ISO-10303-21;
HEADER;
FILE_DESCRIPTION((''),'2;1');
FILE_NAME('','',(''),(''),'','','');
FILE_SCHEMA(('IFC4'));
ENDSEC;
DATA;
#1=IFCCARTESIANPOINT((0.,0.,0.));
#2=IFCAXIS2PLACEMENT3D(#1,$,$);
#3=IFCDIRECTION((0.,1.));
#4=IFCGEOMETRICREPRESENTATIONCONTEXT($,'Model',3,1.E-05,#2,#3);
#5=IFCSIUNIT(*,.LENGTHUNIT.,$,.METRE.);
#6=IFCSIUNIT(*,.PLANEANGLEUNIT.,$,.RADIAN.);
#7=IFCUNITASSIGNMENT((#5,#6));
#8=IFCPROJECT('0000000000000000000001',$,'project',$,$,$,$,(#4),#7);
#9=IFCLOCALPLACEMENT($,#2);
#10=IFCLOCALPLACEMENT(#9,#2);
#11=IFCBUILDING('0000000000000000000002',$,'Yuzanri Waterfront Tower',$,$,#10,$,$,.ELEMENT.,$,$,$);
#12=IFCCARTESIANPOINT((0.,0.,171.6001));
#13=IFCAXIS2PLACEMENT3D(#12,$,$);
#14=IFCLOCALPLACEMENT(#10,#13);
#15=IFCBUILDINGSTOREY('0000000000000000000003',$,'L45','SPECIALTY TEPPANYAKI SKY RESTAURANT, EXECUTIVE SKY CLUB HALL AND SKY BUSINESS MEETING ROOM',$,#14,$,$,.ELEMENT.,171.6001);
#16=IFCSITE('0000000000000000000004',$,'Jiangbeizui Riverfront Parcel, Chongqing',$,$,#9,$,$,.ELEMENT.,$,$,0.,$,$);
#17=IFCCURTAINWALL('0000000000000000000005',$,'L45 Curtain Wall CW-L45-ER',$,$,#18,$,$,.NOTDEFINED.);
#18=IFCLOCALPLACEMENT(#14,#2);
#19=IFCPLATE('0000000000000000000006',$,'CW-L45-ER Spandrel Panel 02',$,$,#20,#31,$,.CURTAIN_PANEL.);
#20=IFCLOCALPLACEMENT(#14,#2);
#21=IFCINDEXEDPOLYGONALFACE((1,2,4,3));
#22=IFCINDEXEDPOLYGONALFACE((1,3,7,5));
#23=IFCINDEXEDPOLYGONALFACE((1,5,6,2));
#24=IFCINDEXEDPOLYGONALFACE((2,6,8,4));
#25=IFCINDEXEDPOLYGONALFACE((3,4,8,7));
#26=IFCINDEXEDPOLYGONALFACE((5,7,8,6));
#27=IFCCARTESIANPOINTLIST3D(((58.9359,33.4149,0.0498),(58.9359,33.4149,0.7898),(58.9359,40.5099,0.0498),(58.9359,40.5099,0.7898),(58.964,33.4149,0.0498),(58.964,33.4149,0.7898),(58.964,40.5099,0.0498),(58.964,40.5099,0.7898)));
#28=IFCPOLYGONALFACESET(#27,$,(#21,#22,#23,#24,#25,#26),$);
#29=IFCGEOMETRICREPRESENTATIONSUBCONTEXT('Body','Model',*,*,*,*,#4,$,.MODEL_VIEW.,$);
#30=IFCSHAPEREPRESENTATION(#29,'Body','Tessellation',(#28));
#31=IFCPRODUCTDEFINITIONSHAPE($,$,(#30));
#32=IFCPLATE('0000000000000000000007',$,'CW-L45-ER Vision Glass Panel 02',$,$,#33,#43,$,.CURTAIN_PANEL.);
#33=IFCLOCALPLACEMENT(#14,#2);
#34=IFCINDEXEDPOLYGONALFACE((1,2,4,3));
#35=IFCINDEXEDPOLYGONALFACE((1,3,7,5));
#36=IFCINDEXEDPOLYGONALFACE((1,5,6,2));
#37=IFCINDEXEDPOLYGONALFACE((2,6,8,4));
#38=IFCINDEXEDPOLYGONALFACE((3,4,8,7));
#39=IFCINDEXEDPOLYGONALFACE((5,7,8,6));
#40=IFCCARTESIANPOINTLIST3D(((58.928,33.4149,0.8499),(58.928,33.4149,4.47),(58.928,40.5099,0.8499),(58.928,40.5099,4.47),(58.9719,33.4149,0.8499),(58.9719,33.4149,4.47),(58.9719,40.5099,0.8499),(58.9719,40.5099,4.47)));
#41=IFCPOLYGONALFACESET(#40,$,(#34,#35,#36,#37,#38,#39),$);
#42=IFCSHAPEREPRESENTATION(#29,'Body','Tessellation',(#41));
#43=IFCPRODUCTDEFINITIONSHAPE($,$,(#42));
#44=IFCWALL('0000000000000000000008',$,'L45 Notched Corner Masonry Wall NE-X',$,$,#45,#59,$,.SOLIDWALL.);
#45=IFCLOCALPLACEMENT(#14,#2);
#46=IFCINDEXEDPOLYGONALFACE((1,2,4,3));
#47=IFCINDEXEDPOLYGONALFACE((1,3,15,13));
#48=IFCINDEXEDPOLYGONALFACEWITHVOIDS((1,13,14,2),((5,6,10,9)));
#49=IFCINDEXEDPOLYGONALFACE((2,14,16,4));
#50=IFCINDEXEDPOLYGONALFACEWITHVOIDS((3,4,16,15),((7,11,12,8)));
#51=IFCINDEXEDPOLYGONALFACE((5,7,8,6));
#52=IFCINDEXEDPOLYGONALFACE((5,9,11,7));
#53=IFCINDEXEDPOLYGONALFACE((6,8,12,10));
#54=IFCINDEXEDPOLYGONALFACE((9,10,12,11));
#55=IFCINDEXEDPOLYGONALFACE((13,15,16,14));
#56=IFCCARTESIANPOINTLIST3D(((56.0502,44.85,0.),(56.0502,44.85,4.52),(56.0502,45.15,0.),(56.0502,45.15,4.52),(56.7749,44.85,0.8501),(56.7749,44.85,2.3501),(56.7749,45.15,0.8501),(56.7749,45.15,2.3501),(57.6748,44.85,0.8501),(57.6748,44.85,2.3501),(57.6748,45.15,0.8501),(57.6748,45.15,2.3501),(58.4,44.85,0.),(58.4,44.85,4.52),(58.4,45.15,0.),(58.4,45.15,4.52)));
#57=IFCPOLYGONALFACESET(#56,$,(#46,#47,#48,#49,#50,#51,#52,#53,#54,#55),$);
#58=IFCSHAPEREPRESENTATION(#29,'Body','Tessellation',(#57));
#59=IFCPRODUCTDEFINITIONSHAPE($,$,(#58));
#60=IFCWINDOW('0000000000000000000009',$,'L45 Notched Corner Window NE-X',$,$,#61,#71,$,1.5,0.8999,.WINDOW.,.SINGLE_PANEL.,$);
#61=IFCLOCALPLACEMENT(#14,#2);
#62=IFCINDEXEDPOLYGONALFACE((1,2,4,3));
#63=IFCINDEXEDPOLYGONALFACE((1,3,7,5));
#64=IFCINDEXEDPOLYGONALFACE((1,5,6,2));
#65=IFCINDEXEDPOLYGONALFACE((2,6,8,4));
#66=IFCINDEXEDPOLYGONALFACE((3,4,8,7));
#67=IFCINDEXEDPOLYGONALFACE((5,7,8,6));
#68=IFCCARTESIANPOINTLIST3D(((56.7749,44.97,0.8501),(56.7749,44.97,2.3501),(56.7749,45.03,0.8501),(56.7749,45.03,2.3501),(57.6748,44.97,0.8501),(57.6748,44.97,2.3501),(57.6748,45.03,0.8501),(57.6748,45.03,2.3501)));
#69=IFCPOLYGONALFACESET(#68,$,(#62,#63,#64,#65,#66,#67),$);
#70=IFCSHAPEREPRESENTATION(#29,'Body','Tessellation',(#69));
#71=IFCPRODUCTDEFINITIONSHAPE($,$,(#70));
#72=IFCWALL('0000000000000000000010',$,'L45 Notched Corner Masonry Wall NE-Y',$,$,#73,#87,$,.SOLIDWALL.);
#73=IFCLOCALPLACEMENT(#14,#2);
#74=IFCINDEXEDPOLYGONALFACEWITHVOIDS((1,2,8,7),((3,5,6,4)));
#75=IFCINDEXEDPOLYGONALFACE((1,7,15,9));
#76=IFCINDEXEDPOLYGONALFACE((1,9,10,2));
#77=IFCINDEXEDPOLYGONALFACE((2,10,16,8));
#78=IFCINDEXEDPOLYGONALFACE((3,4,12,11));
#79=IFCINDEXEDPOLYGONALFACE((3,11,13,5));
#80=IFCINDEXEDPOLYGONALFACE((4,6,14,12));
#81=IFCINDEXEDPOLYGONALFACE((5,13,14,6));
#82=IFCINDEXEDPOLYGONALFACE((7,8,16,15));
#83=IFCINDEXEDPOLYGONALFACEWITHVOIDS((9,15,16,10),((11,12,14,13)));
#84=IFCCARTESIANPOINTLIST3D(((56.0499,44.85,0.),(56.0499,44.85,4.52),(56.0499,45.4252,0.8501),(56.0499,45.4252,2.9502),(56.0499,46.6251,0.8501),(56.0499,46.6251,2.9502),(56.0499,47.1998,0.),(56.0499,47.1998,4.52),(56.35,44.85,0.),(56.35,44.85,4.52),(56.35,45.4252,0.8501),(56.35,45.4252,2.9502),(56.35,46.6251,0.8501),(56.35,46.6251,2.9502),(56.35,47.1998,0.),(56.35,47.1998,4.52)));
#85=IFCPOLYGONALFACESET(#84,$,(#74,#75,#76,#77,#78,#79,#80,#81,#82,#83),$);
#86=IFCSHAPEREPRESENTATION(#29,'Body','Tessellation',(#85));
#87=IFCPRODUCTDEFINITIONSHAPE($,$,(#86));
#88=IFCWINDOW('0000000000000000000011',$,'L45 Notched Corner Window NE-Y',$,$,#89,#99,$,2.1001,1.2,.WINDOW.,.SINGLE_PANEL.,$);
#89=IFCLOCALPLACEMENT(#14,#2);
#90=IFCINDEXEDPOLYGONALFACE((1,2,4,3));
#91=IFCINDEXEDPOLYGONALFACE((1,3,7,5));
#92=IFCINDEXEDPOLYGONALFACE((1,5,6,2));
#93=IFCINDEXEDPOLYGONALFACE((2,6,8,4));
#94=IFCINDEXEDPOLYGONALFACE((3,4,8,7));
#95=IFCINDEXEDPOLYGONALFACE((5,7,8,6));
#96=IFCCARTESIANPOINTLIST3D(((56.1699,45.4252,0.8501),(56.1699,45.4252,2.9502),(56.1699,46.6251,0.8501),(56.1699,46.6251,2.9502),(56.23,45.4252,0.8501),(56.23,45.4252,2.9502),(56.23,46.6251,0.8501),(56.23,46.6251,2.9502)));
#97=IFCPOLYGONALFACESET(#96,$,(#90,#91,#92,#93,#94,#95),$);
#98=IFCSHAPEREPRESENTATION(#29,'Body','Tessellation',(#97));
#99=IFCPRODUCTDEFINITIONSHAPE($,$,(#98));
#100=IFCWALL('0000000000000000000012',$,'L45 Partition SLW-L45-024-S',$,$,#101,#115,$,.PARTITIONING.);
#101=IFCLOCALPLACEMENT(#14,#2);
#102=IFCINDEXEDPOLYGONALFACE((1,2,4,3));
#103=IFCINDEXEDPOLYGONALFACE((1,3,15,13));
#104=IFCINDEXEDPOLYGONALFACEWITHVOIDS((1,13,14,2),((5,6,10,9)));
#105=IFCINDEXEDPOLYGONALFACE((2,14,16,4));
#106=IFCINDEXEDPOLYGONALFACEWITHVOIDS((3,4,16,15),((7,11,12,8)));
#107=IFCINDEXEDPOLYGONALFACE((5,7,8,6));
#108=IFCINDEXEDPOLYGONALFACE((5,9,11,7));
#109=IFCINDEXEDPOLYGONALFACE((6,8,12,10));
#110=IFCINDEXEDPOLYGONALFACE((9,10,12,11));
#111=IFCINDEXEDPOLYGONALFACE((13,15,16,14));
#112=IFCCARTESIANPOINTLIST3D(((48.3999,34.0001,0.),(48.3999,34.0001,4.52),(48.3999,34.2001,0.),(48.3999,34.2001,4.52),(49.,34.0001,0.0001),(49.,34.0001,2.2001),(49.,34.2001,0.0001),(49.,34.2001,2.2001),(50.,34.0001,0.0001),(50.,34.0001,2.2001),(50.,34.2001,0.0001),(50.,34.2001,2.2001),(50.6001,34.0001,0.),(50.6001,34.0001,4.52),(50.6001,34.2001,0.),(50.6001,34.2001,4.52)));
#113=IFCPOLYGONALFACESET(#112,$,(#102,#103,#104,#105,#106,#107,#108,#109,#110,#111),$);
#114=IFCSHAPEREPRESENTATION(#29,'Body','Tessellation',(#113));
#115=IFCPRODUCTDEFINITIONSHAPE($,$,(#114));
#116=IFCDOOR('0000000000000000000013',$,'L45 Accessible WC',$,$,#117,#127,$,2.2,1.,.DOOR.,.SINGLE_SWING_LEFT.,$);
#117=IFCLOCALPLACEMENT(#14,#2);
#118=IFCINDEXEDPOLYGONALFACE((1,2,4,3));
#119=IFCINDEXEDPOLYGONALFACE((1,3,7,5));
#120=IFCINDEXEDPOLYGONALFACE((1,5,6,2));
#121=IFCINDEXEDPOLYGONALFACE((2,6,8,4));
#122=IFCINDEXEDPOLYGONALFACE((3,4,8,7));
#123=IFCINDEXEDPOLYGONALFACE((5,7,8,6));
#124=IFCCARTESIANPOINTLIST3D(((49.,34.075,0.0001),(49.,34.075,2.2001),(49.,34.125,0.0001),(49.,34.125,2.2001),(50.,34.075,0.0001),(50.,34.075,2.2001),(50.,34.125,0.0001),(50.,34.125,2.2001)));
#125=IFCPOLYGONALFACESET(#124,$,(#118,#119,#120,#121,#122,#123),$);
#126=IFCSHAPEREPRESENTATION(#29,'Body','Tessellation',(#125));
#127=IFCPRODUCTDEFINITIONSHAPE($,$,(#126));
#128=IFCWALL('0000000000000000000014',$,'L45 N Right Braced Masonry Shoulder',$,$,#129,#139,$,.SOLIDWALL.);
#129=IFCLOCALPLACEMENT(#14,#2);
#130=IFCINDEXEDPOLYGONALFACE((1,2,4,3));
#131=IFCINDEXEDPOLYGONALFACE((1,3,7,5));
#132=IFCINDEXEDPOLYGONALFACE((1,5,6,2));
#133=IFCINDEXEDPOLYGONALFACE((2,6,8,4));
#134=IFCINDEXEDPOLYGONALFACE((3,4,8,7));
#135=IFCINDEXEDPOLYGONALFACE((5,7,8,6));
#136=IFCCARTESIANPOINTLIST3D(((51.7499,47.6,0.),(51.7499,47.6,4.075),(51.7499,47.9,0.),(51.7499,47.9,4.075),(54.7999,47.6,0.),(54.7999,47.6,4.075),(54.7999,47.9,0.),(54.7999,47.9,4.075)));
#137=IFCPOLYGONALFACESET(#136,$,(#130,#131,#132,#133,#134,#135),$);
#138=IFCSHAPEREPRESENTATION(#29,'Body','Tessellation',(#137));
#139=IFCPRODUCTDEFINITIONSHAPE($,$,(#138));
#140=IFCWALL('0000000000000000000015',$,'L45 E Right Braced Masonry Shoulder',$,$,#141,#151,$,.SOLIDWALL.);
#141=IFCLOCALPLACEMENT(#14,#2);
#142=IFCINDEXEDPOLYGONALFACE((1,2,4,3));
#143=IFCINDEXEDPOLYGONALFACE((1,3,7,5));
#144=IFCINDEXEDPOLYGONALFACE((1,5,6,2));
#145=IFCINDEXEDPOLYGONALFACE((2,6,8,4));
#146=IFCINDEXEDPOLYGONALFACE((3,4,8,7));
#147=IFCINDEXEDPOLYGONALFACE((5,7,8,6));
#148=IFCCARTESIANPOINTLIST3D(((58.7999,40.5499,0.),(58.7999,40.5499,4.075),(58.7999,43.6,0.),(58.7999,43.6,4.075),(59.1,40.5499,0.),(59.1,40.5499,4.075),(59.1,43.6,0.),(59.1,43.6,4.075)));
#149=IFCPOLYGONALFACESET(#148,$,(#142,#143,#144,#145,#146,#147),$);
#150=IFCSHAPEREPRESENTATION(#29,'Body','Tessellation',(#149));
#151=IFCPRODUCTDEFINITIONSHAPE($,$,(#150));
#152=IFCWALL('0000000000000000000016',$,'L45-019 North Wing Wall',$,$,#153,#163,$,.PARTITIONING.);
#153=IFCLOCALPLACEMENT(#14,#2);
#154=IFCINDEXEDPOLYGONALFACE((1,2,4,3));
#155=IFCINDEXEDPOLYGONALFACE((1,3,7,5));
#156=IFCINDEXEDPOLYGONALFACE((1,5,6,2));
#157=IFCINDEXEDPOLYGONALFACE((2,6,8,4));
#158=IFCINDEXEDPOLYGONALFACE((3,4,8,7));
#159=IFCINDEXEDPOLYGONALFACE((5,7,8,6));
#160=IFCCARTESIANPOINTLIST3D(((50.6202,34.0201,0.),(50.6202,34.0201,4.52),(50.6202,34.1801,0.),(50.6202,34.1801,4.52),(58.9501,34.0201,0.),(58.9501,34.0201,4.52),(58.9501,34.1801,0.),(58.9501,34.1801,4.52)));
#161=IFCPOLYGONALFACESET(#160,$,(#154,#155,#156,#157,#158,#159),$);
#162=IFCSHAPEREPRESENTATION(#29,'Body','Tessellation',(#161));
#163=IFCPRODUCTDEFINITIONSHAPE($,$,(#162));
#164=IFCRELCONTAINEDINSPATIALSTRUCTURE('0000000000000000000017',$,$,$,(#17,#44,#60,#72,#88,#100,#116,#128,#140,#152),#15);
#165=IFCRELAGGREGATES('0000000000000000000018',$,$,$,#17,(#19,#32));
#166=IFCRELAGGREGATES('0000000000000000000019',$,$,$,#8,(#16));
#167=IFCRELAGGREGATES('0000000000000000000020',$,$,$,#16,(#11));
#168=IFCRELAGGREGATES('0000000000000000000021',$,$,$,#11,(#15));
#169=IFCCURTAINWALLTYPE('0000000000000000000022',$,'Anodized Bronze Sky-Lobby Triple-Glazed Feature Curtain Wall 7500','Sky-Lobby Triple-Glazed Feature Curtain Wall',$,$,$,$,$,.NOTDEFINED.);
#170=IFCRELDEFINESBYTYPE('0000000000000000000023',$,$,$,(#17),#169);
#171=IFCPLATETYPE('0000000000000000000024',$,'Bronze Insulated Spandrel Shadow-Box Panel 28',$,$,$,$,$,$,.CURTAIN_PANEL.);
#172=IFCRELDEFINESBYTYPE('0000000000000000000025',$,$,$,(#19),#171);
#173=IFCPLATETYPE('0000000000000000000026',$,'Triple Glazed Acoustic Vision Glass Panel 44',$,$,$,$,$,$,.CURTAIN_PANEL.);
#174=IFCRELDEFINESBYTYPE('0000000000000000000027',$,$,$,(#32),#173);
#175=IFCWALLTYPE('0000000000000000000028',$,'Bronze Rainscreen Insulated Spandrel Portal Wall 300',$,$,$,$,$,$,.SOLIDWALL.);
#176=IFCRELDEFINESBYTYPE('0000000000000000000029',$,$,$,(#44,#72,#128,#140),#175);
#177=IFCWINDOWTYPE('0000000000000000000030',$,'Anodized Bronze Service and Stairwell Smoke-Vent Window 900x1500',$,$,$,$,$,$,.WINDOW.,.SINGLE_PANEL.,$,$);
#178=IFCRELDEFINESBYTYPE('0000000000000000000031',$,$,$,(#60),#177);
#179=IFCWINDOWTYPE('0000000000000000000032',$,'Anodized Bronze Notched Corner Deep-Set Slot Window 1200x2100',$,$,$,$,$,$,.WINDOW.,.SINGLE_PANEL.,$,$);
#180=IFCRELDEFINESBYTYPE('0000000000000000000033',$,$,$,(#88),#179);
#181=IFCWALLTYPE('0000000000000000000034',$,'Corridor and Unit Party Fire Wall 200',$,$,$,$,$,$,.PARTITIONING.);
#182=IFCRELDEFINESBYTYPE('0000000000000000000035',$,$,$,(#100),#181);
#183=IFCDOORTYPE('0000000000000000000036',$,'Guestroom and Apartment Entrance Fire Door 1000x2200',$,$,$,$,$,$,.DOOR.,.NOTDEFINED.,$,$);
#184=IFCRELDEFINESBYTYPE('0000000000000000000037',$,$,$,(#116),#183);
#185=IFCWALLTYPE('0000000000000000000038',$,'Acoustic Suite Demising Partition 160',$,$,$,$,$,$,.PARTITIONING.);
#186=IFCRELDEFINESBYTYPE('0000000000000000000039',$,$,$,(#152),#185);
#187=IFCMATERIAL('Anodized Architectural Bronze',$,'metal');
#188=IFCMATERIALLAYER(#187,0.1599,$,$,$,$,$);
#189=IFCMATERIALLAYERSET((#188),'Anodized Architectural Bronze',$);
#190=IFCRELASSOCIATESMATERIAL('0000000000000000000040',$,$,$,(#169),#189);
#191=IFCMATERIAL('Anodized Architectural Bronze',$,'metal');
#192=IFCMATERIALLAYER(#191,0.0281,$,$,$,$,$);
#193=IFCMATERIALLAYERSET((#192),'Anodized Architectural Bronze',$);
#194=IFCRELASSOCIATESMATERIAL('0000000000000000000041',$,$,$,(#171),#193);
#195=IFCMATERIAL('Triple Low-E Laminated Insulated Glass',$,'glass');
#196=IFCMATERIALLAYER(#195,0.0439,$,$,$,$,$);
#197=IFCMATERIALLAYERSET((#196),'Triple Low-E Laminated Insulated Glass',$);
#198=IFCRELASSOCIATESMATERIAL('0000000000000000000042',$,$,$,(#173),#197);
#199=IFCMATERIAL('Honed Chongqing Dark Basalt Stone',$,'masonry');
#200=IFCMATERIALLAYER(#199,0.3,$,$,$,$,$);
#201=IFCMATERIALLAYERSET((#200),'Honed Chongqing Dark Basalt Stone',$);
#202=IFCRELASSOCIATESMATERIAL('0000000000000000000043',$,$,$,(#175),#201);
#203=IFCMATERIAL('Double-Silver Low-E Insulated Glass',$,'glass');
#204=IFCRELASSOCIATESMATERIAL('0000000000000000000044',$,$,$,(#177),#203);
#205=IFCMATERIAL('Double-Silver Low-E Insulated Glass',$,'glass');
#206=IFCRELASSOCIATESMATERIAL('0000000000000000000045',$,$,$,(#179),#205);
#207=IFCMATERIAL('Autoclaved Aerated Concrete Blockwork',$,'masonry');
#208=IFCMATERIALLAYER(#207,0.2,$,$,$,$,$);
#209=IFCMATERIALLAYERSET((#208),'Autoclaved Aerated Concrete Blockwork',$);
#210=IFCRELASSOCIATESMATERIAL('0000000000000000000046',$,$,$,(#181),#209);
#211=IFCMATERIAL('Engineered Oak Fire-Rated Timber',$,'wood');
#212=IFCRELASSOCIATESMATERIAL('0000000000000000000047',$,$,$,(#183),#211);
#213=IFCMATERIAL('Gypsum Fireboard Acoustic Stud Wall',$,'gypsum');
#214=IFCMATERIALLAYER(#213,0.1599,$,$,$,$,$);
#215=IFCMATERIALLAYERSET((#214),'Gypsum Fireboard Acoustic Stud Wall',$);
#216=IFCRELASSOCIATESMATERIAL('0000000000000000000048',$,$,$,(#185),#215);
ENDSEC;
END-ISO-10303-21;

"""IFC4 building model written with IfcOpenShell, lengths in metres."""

from ifc_helpers import new_model, si_unit, direction, frame, frame_2d, origin, origin_2d, place, context, subcontext, project, spatial, rectangle, extrude, source, transform, mapped, material, layer, layer_set, type_object, element, fill, aggregate, save


model = new_model("IFC4")

# Units and contexts
model_context = context("Model", 3, precision=1e-05, world=origin(), true_north=direction((0.0, 1.0)))
body_context = subcontext(model_context, "Body", "Model", "MODEL_VIEW")
ifc_project = project(units=[si_unit("LENGTHUNIT", "METRE"), si_unit("PLANEANGLEUNIT", "RADIAN")], contexts=[model_context])

# Site, building, storey
site_placement = place(None, origin())
site = spatial("IfcSite", under=ifc_project, at=site_placement, Name="Jiangbeizui Riverfront Parcel, Chongqing", CompositionType="ELEMENT", RefElevation=0.0)
building_placement = place(site_placement, origin())
building = spatial("IfcBuilding", under=site, at=building_placement, Name="Yuzanri Waterfront Tower", CompositionType="ELEMENT")
storey_placement = place(building_placement, frame((0.0, 0.0, 171.6001)))
storey = spatial("IfcBuildingStorey", under=building, at=storey_placement, Name="L45", Description="SPECIALTY TEPPANYAKI SKY RESTAURANT, EXECUTIVE SKY CLUB HALL AND SKY BUSINESS MEETING ROOM", CompositionType="ELEMENT", Elevation=171.6001)

# Curtain wall
ifc_material_1 = material(Name="Anodized Architectural Bronze", Category="metal")
ifc_layer_1 = layer(ifc_material_1, 0.1599)
ifc_layer_set_1 = layer_set([ifc_layer_1], Name="Anodized Architectural Bronze")
curtain_wall_type = type_object("IfcCurtainWallType", Name="Anodized Bronze Sky-Lobby Triple-Glazed Feature Curtain Wall 7500", Description="Sky-Lobby Triple-Glazed Feature Curtain Wall", PredefinedType="NOTDEFINED", material=ifc_layer_set_1)
curtain_wall_1_placement = place(storey_placement, origin())
curtain_wall_1 = element("IfcCurtainWall", 1, at=curtain_wall_1_placement, inside=storey, type_object=curtain_wall_type, Name="L45 Curtain Wall CW-L45-ER", PredefinedType="NOTDEFINED")

# Plates
ifc_material_2 = material(Name="Anodized Architectural Bronze", Category="metal")
ifc_layer_2 = layer(ifc_material_2, 0.0281)
ifc_layer_set_2 = layer_set([ifc_layer_2], Name="Anodized Architectural Bronze")
plate_type_1 = type_object("IfcPlateType", Name="Bronze Insulated Spandrel Shadow-Box Panel 28", PredefinedType="CURTAIN_PANEL", material=ifc_layer_set_2)
shared_shape_1 = source(origin(), body_context, "Body", "SweptSolid", [
    extrude(rectangle(XDim=7.095, YDim=0.0281, at=origin_2d()), origin(), (0.0, 0.0, 1.0), 0.74),
])
plate_1_placement = place(storey_placement, frame((58.95, 36.9624, 0.0498), z_axis=(0.0, 0.0, 1.0), x_axis=(0.0, 1.0, 0.0)))
plate_1 = element("IfcPlate", 2, at=plate_1_placement, type_object=plate_type_1, Name="CW-L45-ER Spandrel Panel 02", PredefinedType="CURTAIN_PANEL", context=body_context, shape_type="MappedRepresentation", body=[
    mapped(shared_shape_1, transform((0.0, 0.0, 0.0), scale=1.0)),
])
ifc_material_3 = material(Name="Triple Low-E Laminated Insulated Glass", Category="glass")
ifc_layer_3 = layer(ifc_material_3, 0.0439)
ifc_layer_set_3 = layer_set([ifc_layer_3], Name="Triple Low-E Laminated Insulated Glass")
plate_type_2 = type_object("IfcPlateType", Name="Triple Glazed Acoustic Vision Glass Panel 44", PredefinedType="CURTAIN_PANEL", material=ifc_layer_set_3)
shared_shape_2 = source(origin(), body_context, "Body", "SweptSolid", [
    extrude(rectangle(XDim=7.095, YDim=0.0439, at=origin_2d()), origin(), (0.0, 0.0, 1.0), 3.6201),
])
plate_2_placement = place(storey_placement, frame((58.95, 36.9624, 0.8499), z_axis=(0.0, 0.0, 1.0), x_axis=(0.0, 1.0, 0.0)))
plate_2 = element("IfcPlate", 3, at=plate_2_placement, type_object=plate_type_2, Name="CW-L45-ER Vision Glass Panel 02", PredefinedType="CURTAIN_PANEL", context=body_context, shape_type="MappedRepresentation", body=[
    mapped(shared_shape_2, transform((0.0, 0.0, 0.0), scale=1.0)),
])
aggregate(curtain_wall_1, [plate_1, plate_2])

# Walls, openings, windows
ifc_material_4 = material(Name="Honed Chongqing Dark Basalt Stone", Category="masonry")
ifc_layer_4 = layer(ifc_material_4, 0.3)
ifc_layer_set_4 = layer_set([ifc_layer_4], Name="Honed Chongqing Dark Basalt Stone")
wall_type_1 = type_object("IfcWallType", Name="Bronze Rainscreen Insulated Spandrel Portal Wall 300", PredefinedType="SOLIDWALL", material=ifc_layer_set_4)
wall_1_placement = place(storey_placement, frame((58.3999, 45.0, 0.0), z_axis=(0.0, 0.0, 1.0), x_axis=(-1.0, 0.0, 0.0)))
wall_1 = element("IfcWall", 4, at=wall_1_placement, inside=storey, type_object=wall_type_1, Name="L45 Notched Corner Masonry Wall NE-X", PredefinedType="SOLIDWALL", context=body_context, shape_type="SweptSolid", body=[
    extrude(rectangle(XDim=2.3499, YDim=0.3, at=frame_2d((1.1748, 0.0))), origin(), (0.0, 0.0, 1.0), 4.52),
])
opening_1_placement = place(wall_1_placement, frame((0.7251, 0.0, 0.8501)))
opening_1 = element("IfcOpeningElement", 5, at=opening_1_placement, cuts=wall_1, PredefinedType="OPENING", context=body_context, shape_type="SweptSolid", body=[
    extrude(rectangle(XDim=0.8999, YDim=1.5, at=frame_2d((0.45, 0.75))), frame((0.0, 0.165, 0.0), z_axis=(0.0, -1.0, 0.0), x_axis=(1.0, 0.0, 0.0)), (0.0, 0.0, 1.0), 0.3298),
])
ifc_material_5 = material(Name="Double-Silver Low-E Insulated Glass", Category="glass")
window_type_1 = type_object("IfcWindowType", Name="Anodized Bronze Service and Stairwell Smoke-Vent Window 900x1500", PartitioningType="SINGLE_PANEL", PredefinedType="WINDOW", material=ifc_material_5)
shared_shape_3 = source(origin(), body_context, "Body", "SweptSolid", [
    extrude(rectangle(XDim=0.8999, YDim=1.5, at=frame_2d((0.45, 0.75))), frame((0.0, 0.03, 0.0), z_axis=(0.0, -1.0, 0.0), x_axis=(1.0, 0.0, 0.0)), (0.0, 0.0, 1.0), 0.0601),
])
window_1_placement = place(opening_1_placement, origin())
window_1 = element("IfcWindow", 6, at=window_1_placement, inside=storey, type_object=window_type_1, Name="L45 Notched Corner Window NE-X", OverallHeight=1.5, OverallWidth=0.8999, PartitioningType="SINGLE_PANEL", PredefinedType="WINDOW", context=body_context, shape_type="MappedRepresentation", body=[
    mapped(shared_shape_3, transform((0.0, 0.0, 0.0), scale=1.0)),
])
fill(opening_1, window_1)
wall_2_placement = place(storey_placement, frame((56.2, 44.8501, 0.0), z_axis=(0.0, 0.0, 1.0), x_axis=(0.0, 1.0, 0.0)))
wall_2 = element("IfcWall", 7, at=wall_2_placement, inside=storey, type_object=wall_type_1, Name="L45 Notched Corner Masonry Wall NE-Y", PredefinedType="SOLIDWALL", context=body_context, shape_type="SweptSolid", body=[
    extrude(rectangle(XDim=2.3499, YDim=0.3, at=frame_2d((1.1748, 0.0))), origin(), (0.0, 0.0, 1.0), 4.52),
])
opening_2_placement = place(wall_2_placement, frame((0.575, 0.0, 0.8501)))
opening_2 = element("IfcOpeningElement", 8, at=opening_2_placement, cuts=wall_2, PredefinedType="OPENING", context=body_context, shape_type="SweptSolid", body=[
    extrude(rectangle(XDim=1.2, YDim=2.1001, at=frame_2d((0.6001, 1.05))), frame((0.0, 0.165, 0.0), z_axis=(0.0, -1.0, 0.0), x_axis=(1.0, 0.0, 0.0)), (0.0, 0.0, 1.0), 0.3298),
])
ifc_material_6 = material(Name="Double-Silver Low-E Insulated Glass", Category="glass")
window_type_2 = type_object("IfcWindowType", Name="Anodized Bronze Notched Corner Deep-Set Slot Window 1200x2100", PartitioningType="SINGLE_PANEL", PredefinedType="WINDOW", material=ifc_material_6)
shared_shape_4 = source(origin(), body_context, "Body", "SweptSolid", [
    extrude(rectangle(XDim=1.2, YDim=2.1001, at=frame_2d((0.6001, 1.05))), frame((0.0, 0.03, 0.0), z_axis=(0.0, -1.0, 0.0), x_axis=(1.0, 0.0, 0.0)), (0.0, 0.0, 1.0), 0.0601),
])
window_2_placement = place(opening_2_placement, origin())
window_2 = element("IfcWindow", 9, at=window_2_placement, inside=storey, type_object=window_type_2, Name="L45 Notched Corner Window NE-Y", OverallHeight=2.1001, OverallWidth=1.2, PartitioningType="SINGLE_PANEL", PredefinedType="WINDOW", context=body_context, shape_type="MappedRepresentation", body=[
    mapped(shared_shape_4, transform((0.0, 0.0, 0.0), scale=1.0)),
])
fill(opening_2, window_2)

# Wall, opening, door
ifc_material_7 = material(Name="Autoclaved Aerated Concrete Blockwork", Category="masonry")
ifc_layer_5 = layer(ifc_material_7, 0.2)
ifc_layer_set_5 = layer_set([ifc_layer_5], Name="Autoclaved Aerated Concrete Blockwork")
wall_type_2 = type_object("IfcWallType", Name="Corridor and Unit Party Fire Wall 200", PredefinedType="PARTITIONING", material=ifc_layer_set_5)
wall_3_placement = place(storey_placement, frame((48.3999, 34.1001, 0.0), z_axis=(0.0, 0.0, 1.0), x_axis=(1.0, 0.0, 0.0)))
wall_3 = element("IfcWall", 10, at=wall_3_placement, inside=storey, type_object=wall_type_2, Name="L45 Partition SLW-L45-024-S", PredefinedType="PARTITIONING", context=body_context, shape_type="SweptSolid", body=[
    extrude(rectangle(XDim=2.2002, YDim=0.2, at=frame_2d((1.1001, 0.0))), origin(), (0.0, 0.0, 1.0), 4.52),
])
opening_3_placement = place(wall_3_placement, frame((0.6001, 0.0, 0.0)))
opening_3 = element("IfcOpeningElement", 11, at=opening_3_placement, cuts=wall_3, PredefinedType="OPENING", context=body_context, shape_type="SweptSolid", body=[
    extrude(rectangle(XDim=1.0, YDim=2.2, at=frame_2d((0.5, 1.1001))), frame((0.0, 0.1147, 0.0), z_axis=(0.0, -1.0, 0.0), x_axis=(1.0, 0.0, 0.0)), (0.0, 0.0, 1.0), 0.2297),
])
ifc_material_8 = material(Name="Engineered Oak Fire-Rated Timber", Category="wood")
door_type = type_object("IfcDoorType", Name="Guestroom and Apartment Entrance Fire Door 1000x2200", OperationType="NOTDEFINED", PredefinedType="DOOR", material=ifc_material_8)
shared_shape_5 = source(origin(), body_context, "Body", "SweptSolid", [
    extrude(rectangle(XDim=1.0, YDim=2.2, at=frame_2d((0.5, 1.1001))), frame((0.0, 0.0249, 0.0), z_axis=(0.0, -1.0, 0.0), x_axis=(1.0, 0.0, 0.0)), (0.0, 0.0, 1.0), 0.05),
])
door_placement = place(opening_3_placement, origin())
door = element("IfcDoor", 12, at=door_placement, inside=storey, type_object=door_type, Name="L45 Accessible WC", OperationType="SINGLE_SWING_LEFT", OverallHeight=2.2, OverallWidth=1.0, PredefinedType="DOOR", context=body_context, shape_type="MappedRepresentation", body=[
    mapped(shared_shape_5, transform((0.0, 0.0, 0.0), scale=1.0)),
])
fill(opening_3, door)

# Walls
shared_shape_6 = source(origin(), body_context, "Body", "SweptSolid", [
    extrude(rectangle(XDim=3.05, YDim=0.3, at=frame_2d((1.5249, 0.0))), origin(), (0.0, 0.0, 1.0), 4.075),
])
for number, where, z_axis, x_axis, name in (
    (13, (51.75, 47.75, 0.0), (0.0, 0.0, 1.0), (1.0, 0.0, 0.0), "L45 N Right Braced Masonry Shoulder"),
    (14, (58.95, 40.55, 0.0), (0.0, 0.0, 1.0), (0.0, 1.0, 0.0), "L45 E Right Braced Masonry Shoulder"),
):
    element("IfcWall", number, at=place(storey_placement, frame(where, z_axis=z_axis, x_axis=x_axis)), inside=storey, type_object=wall_type_1, Name=name, PredefinedType="SOLIDWALL", context=body_context, shape_type="MappedRepresentation", body=[
        mapped(shared_shape_6, transform((0.0, 0.0, 0.0), scale=1.0)),
    ])
ifc_material_9 = material(Name="Gypsum Fireboard Acoustic Stud Wall", Category="gypsum")
ifc_layer_6 = layer(ifc_material_9, 0.1599)
ifc_layer_set_6 = layer_set([ifc_layer_6], Name="Gypsum Fireboard Acoustic Stud Wall")
wall_type_3 = type_object("IfcWallType", Name="Acoustic Suite Demising Partition 160", PredefinedType="PARTITIONING", material=ifc_layer_set_6)
shared_shape_7 = source(origin(), body_context, "Body", "SweptSolid", [
    extrude(rectangle(XDim=8.3298, YDim=0.1599, at=frame_2d((4.165, 0.0))), origin(), (0.0, 0.0, 1.0), 4.52),
])
wall_4_placement = place(storey_placement, frame((50.6201, 34.1001, 0.0), z_axis=(0.0, 0.0, 1.0), x_axis=(1.0, 0.0, 0.0)))
element("IfcWall", 15, at=wall_4_placement, inside=storey, type_object=wall_type_3, Name="L45-019 North Wing Wall", PredefinedType="PARTITIONING", context=body_context, shape_type="MappedRepresentation", body=[
    mapped(shared_shape_7, transform((0.0, 0.0, 0.0), scale=1.0)),
])

save(model, "model.ifc")
